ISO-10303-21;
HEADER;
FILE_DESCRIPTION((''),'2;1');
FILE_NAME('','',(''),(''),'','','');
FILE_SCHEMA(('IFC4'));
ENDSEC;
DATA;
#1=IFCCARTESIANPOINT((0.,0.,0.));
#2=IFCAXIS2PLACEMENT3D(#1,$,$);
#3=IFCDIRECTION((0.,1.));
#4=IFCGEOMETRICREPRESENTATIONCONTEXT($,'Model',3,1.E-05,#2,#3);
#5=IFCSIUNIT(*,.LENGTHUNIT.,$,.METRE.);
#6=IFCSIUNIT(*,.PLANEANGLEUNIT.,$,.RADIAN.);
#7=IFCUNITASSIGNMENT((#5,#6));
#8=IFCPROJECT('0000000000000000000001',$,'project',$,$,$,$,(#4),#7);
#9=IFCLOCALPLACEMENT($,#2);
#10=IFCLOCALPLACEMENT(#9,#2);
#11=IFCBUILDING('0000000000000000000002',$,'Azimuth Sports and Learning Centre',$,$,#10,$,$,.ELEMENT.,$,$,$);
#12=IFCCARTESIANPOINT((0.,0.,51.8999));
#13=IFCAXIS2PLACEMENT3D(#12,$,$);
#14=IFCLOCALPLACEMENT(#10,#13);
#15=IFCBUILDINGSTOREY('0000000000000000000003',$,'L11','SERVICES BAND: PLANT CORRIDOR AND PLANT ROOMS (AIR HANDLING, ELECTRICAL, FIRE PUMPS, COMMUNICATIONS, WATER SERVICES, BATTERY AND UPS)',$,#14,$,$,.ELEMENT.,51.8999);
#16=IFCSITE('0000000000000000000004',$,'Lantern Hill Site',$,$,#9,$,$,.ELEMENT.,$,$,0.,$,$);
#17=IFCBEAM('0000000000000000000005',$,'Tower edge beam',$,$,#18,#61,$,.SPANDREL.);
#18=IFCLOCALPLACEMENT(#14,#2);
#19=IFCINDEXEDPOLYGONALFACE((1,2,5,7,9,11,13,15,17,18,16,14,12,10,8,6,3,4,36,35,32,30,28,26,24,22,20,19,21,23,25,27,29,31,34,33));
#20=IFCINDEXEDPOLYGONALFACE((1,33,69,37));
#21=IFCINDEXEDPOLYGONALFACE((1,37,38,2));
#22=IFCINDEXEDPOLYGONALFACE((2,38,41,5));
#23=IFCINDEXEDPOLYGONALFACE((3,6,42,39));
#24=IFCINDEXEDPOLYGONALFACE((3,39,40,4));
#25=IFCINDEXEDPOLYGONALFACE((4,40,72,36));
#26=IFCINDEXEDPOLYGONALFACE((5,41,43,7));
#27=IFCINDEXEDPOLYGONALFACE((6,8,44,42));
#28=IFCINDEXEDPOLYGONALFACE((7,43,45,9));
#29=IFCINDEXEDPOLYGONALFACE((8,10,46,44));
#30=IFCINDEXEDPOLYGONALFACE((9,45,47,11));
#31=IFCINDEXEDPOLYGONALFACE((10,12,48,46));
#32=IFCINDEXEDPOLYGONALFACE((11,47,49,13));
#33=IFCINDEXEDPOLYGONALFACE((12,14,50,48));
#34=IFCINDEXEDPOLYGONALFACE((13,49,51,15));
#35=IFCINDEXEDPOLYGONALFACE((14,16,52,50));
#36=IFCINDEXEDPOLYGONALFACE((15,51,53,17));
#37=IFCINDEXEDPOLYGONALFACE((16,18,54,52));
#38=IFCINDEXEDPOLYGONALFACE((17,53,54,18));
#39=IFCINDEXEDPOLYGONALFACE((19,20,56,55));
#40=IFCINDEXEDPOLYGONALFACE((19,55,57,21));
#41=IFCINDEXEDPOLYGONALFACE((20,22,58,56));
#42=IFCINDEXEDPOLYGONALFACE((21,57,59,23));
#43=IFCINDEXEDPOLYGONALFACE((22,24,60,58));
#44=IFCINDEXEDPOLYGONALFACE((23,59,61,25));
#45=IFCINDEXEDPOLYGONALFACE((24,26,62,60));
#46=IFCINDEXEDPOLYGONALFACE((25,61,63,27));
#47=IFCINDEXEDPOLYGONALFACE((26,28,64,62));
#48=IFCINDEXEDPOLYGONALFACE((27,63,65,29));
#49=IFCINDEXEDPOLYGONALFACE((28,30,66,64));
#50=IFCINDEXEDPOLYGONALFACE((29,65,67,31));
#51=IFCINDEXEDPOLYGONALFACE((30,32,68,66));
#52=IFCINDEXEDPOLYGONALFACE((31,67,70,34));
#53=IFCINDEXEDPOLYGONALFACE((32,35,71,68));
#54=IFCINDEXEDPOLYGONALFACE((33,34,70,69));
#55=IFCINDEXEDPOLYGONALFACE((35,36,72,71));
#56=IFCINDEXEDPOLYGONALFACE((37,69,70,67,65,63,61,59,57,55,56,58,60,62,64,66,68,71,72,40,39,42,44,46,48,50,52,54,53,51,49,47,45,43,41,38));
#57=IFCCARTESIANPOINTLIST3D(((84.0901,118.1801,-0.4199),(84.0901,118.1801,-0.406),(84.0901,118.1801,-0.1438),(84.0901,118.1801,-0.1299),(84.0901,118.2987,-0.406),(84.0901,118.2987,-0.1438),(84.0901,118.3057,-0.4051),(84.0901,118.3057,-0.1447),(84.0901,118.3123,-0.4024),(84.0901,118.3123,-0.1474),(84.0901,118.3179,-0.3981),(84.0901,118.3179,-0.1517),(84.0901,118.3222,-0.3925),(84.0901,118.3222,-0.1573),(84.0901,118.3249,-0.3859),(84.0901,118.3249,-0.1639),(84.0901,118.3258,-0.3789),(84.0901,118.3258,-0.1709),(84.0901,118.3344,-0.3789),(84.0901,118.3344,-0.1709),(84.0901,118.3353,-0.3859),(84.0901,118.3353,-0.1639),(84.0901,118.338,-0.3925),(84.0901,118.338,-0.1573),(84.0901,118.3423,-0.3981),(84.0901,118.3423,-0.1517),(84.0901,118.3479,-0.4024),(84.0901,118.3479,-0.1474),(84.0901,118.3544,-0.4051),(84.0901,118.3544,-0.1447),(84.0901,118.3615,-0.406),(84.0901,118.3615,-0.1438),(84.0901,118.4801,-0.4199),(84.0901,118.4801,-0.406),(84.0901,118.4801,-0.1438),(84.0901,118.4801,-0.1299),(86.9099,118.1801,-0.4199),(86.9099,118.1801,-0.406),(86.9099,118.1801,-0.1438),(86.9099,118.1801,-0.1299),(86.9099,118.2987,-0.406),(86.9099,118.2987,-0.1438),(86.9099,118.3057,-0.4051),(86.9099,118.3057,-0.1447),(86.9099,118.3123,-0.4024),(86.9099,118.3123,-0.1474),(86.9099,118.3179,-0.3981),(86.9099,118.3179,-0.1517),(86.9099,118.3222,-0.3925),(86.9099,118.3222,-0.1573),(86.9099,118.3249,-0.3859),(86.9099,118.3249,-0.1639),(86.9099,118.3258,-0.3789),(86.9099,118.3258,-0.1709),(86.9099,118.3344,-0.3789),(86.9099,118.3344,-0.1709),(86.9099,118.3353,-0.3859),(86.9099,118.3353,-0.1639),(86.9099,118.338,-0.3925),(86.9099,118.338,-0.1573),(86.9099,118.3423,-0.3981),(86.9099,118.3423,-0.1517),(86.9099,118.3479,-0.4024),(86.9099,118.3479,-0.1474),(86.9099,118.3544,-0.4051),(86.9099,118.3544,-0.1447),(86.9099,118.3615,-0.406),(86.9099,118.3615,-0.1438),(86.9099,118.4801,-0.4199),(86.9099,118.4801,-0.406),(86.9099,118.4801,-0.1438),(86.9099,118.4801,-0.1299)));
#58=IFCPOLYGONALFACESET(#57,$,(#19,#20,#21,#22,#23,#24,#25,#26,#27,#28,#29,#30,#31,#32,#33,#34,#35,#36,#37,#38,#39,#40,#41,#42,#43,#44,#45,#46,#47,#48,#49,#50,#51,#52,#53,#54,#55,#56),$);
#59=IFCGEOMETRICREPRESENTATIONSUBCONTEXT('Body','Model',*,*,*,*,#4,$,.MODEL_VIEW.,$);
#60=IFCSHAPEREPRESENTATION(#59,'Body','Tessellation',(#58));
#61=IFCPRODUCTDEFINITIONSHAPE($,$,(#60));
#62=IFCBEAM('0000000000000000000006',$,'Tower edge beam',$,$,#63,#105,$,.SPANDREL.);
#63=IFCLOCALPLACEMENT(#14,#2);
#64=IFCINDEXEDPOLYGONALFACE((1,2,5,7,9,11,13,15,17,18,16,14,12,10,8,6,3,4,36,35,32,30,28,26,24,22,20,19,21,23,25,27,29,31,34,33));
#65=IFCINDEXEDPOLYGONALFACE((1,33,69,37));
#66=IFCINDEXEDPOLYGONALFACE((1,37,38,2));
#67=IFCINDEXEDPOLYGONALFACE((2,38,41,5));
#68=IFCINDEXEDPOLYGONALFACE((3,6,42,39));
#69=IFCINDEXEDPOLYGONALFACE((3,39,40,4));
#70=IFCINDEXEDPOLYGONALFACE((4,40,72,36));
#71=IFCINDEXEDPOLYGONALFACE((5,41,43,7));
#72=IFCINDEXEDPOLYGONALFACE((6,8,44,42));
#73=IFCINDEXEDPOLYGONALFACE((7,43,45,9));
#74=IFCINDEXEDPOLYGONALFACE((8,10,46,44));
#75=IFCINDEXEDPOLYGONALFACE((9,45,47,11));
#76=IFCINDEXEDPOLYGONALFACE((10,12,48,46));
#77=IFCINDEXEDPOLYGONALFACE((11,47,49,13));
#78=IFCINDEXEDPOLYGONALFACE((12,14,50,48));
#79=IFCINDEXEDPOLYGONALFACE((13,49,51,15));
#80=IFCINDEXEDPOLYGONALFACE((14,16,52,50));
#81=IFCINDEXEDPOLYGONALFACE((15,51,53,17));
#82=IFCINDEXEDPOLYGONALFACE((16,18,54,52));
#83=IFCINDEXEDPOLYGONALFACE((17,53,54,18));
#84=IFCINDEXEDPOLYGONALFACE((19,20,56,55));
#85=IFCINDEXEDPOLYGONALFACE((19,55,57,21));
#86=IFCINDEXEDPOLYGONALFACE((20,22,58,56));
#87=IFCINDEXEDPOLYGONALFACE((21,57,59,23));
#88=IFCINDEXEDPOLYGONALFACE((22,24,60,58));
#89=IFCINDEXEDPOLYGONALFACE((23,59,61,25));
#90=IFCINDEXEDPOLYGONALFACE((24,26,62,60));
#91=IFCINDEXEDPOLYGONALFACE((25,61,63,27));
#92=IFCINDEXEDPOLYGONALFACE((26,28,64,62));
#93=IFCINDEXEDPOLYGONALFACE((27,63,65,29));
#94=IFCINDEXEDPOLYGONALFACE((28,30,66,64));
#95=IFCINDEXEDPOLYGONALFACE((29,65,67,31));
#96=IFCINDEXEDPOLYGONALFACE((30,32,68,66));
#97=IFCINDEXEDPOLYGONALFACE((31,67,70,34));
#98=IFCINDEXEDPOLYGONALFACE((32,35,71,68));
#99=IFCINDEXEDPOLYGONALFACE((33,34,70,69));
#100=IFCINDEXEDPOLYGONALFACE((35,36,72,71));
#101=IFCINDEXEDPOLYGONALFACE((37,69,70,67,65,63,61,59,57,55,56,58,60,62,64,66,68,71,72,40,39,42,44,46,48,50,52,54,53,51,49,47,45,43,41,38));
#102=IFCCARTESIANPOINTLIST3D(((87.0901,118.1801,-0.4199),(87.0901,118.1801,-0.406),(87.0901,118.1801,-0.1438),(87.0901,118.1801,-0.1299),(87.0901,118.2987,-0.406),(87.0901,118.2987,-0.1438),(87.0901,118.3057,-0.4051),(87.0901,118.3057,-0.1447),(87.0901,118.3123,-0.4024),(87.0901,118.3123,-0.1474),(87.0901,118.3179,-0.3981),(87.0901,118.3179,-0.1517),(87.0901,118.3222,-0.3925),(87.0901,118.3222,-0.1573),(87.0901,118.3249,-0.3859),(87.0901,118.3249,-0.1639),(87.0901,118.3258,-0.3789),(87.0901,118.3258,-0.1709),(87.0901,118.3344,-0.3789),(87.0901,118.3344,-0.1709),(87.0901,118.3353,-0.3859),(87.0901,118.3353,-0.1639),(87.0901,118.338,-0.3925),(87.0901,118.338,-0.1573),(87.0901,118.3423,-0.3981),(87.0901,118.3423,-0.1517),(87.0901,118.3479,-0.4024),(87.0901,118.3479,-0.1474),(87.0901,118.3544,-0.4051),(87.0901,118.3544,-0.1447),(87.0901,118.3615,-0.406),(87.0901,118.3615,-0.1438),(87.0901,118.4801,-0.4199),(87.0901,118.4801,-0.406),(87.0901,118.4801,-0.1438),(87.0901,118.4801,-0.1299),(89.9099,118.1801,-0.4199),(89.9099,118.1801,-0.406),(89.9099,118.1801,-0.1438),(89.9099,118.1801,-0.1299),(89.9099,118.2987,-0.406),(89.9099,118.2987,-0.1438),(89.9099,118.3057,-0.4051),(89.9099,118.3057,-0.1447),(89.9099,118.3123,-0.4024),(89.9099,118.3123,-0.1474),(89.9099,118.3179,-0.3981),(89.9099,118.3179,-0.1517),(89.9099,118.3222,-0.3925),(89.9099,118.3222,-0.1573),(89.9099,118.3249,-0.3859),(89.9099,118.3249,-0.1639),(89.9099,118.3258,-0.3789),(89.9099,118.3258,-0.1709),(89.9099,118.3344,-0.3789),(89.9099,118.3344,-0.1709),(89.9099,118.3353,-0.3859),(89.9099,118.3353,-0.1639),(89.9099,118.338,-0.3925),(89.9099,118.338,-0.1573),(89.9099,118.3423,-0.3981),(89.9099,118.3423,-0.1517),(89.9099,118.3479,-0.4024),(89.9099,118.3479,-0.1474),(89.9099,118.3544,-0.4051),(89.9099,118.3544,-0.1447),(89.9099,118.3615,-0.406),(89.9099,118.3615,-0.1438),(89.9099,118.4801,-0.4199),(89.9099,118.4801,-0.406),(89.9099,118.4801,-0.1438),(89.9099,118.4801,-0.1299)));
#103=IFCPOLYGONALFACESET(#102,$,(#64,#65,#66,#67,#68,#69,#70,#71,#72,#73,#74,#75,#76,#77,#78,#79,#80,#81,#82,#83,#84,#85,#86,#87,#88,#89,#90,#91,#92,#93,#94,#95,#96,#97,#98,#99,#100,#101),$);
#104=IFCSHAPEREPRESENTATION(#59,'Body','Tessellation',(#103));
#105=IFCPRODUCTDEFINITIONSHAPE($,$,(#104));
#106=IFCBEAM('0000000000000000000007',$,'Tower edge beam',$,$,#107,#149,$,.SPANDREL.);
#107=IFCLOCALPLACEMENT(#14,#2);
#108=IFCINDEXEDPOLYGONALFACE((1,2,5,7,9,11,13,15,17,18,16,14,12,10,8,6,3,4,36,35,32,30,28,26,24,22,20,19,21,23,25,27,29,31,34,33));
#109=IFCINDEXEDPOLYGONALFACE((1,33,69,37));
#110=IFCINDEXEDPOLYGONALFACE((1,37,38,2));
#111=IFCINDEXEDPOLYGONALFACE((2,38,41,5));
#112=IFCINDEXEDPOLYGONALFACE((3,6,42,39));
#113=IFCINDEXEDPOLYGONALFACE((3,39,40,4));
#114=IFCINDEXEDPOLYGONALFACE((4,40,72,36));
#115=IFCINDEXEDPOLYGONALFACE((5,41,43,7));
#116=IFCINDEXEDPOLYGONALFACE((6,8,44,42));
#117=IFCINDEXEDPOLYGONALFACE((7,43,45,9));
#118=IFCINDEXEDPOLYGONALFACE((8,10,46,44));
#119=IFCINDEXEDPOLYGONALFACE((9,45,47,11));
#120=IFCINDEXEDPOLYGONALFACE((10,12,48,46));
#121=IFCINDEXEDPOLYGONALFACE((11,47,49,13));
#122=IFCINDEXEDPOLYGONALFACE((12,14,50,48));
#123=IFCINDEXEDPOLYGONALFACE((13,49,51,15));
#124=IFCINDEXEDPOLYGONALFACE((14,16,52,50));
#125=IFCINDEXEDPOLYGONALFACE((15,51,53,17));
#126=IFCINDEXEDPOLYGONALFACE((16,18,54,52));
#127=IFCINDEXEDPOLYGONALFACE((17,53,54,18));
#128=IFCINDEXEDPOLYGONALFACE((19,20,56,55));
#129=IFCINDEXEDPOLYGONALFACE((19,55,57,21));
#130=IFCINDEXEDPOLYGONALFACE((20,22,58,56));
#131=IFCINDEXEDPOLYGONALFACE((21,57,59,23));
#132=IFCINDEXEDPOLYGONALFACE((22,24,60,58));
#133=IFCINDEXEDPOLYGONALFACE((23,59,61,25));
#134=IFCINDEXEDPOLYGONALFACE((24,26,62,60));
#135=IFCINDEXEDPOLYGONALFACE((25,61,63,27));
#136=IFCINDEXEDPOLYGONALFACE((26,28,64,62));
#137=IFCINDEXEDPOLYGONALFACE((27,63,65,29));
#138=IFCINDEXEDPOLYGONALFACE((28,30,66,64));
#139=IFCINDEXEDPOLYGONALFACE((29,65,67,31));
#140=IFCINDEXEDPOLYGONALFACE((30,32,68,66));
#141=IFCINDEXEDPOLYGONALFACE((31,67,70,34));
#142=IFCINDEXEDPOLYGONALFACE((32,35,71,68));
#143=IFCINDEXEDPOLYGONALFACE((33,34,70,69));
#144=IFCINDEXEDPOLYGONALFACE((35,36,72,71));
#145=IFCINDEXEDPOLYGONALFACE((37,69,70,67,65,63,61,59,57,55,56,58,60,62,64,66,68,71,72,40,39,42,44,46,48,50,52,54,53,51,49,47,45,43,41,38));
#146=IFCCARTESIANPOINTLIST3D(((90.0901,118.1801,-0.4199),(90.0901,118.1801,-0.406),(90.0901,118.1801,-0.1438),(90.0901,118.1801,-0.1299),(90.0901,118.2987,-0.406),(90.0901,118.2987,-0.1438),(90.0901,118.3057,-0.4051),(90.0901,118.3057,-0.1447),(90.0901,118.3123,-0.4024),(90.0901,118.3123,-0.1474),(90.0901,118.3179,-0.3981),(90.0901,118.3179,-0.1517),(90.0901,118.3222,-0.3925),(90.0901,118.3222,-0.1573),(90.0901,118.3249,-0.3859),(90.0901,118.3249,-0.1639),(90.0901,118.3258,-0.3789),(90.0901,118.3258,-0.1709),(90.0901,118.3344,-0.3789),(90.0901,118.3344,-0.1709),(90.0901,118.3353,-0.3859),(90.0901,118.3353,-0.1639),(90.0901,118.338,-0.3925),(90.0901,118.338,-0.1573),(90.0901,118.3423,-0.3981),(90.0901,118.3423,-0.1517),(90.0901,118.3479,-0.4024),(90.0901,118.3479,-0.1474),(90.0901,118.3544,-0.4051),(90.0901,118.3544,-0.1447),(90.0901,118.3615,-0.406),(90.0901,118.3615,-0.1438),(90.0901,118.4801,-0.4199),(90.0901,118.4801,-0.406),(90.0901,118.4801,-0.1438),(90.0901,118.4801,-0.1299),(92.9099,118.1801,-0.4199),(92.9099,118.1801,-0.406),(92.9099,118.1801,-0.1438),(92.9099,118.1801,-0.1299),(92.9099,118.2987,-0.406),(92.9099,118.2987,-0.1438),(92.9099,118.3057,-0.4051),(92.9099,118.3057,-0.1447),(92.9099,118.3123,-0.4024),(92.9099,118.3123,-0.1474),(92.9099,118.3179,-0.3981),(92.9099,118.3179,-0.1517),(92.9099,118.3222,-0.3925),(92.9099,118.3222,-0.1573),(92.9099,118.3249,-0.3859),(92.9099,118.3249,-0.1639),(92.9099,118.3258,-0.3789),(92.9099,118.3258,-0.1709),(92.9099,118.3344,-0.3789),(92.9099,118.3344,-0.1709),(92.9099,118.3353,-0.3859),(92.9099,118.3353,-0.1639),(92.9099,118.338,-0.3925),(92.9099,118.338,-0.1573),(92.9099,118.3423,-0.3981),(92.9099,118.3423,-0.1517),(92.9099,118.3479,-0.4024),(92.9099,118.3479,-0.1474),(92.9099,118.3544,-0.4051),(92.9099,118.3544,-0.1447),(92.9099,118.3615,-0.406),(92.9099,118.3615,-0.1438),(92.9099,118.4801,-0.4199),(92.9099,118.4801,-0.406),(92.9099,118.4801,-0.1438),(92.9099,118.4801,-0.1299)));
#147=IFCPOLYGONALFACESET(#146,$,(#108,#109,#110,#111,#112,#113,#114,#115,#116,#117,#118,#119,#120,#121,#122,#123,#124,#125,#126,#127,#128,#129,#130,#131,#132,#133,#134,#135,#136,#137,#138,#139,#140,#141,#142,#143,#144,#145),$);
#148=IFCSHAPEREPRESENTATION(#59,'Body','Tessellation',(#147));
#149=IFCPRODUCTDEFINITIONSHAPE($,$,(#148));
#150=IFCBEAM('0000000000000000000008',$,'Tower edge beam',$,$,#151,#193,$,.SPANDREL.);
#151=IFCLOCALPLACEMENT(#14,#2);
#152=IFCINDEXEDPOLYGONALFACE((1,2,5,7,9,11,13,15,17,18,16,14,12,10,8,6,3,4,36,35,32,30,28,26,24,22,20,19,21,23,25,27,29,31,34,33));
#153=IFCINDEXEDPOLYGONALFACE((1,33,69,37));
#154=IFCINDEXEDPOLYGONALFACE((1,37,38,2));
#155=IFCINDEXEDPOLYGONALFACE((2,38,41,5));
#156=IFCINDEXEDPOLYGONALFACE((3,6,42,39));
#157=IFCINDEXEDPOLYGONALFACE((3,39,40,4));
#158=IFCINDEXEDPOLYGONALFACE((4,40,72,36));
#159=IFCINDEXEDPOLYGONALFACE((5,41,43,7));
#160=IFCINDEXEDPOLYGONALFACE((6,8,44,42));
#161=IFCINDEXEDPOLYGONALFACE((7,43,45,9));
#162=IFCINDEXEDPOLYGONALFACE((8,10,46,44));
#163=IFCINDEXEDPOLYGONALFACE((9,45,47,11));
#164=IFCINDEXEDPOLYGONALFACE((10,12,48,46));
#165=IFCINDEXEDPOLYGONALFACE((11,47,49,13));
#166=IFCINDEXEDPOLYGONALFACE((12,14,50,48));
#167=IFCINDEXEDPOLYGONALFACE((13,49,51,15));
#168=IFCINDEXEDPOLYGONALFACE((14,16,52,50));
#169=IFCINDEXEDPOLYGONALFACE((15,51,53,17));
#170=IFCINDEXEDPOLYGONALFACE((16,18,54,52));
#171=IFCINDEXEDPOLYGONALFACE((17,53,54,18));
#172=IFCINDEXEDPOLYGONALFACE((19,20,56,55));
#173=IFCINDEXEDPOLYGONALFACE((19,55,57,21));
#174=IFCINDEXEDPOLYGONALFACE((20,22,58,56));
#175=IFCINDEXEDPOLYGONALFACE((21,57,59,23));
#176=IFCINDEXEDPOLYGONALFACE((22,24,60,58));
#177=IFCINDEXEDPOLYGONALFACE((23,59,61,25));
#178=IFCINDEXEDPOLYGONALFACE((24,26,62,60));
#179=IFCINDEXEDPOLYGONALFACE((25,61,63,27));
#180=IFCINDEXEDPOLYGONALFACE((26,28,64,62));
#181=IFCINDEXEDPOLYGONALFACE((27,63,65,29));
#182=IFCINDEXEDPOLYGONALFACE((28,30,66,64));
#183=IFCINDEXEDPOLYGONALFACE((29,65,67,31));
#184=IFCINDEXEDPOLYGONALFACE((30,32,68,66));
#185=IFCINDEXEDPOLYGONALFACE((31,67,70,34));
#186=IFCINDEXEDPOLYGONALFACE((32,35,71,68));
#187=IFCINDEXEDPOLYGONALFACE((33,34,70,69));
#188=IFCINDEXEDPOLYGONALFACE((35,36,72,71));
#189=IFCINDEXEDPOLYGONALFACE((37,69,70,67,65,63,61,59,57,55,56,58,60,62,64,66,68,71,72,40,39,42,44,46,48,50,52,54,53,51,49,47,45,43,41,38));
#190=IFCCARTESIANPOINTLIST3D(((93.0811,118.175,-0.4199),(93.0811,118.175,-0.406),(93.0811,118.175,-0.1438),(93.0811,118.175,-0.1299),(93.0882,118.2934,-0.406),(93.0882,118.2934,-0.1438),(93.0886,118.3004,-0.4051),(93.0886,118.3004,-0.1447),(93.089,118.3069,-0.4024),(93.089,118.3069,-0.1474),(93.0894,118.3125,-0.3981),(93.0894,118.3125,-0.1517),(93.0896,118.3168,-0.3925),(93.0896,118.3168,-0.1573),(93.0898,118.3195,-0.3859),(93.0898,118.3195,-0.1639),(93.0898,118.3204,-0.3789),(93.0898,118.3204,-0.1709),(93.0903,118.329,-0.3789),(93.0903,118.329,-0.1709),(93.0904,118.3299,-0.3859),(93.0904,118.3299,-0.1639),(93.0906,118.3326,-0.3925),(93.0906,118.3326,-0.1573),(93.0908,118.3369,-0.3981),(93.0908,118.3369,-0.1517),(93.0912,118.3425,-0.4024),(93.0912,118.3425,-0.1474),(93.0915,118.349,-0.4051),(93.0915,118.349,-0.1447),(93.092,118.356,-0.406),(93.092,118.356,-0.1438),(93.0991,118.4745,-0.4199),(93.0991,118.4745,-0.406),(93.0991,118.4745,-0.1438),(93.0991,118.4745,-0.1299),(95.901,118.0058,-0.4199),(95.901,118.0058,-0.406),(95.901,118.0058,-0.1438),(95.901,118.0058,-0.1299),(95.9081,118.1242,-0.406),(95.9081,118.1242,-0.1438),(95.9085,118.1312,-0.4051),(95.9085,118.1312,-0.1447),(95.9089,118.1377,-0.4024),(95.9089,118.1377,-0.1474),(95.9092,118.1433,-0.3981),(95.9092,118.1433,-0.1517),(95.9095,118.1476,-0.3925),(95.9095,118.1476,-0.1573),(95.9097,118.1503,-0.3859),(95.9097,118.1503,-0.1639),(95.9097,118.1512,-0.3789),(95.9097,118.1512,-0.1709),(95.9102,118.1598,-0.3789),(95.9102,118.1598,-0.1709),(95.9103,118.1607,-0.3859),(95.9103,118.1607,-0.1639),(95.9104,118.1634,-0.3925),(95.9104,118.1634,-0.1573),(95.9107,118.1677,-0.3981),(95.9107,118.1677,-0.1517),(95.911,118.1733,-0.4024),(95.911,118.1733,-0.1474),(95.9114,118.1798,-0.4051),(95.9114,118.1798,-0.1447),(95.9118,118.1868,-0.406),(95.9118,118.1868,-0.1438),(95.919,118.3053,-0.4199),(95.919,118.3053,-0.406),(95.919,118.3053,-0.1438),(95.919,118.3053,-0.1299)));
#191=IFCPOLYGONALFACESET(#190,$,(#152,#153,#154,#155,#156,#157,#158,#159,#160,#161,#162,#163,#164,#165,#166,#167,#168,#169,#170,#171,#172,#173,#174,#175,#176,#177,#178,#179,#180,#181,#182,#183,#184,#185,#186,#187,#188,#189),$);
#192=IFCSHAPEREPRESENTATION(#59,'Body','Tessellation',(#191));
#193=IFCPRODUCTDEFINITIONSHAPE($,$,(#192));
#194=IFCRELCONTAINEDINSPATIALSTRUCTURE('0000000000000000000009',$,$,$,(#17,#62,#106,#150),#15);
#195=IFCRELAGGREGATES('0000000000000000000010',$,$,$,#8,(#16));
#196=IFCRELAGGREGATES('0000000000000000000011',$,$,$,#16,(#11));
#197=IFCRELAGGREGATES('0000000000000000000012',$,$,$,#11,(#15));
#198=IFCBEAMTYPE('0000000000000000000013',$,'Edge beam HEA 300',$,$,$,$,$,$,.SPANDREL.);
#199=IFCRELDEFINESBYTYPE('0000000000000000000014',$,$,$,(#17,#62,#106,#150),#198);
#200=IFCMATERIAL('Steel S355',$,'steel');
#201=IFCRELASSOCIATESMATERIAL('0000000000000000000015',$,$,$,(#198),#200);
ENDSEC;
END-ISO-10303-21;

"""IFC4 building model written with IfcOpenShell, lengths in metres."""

from ifc_helpers import new_model, si_unit, direction, frame, origin, origin_2d, place, context, subcontext, project, spatial, i_section, extrude, material, material_profile, profile_set, type_object, element, save


model = new_model("IFC4")

# Units and contexts
model_context = context("Model", 3, precision=1e-05, world=origin(), true_north=direction((0.0, 1.0)))
body_context = subcontext(model_context, "Body", "Model", "MODEL_VIEW")
ifc_project = project(units=[si_unit("LENGTHUNIT", "METRE"), si_unit("PLANEANGLEUNIT", "RADIAN")], contexts=[model_context])

# Site, building, storey
site_placement = place(None, origin())
site = spatial("IfcSite", under=ifc_project, at=site_placement, Name="Lantern Hill Site", CompositionType="ELEMENT", RefElevation=0.0)
building_placement = place(site_placement, origin())
building = spatial("IfcBuilding", under=site, at=building_placement, Name="Azimuth Sports and Learning Centre", CompositionType="ELEMENT")
storey_placement = place(building_placement, frame((0.0, 0.0, 51.8999)))
storey = spatial("IfcBuildingStorey", under=building, at=storey_placement, Name="L11", Description="SERVICES BAND: PLANT CORRIDOR AND PLANT ROOMS (AIR HANDLING, ELECTRICAL, FIRE PUMPS, COMMUNICATIONS, WATER SERVICES, BATTERY AND UPS)", CompositionType="ELEMENT", Elevation=51.8999)

# Beams
ifc_material_1 = material(Name="Steel S355", Category="steel")
ifc_material_profile_1 = material_profile(ifc_material_1, i_section(OverallWidth=0.3, OverallDepth=0.29, WebThickness=0.0085, FlangeThickness=0.0139, FilletRadius=0.0271, at=origin_2d()), Name="HEA 300")
ifc_profile_set_1 = profile_set([ifc_material_profile_1], Name="Steel S355")
beam_type_1 = type_object("IfcBeamType", Name="Edge beam HEA 300", PredefinedType="SPANDREL", material=ifc_profile_set_1)
for number, where, z_axis, x_axis, name in (
    (1, (84.0901, 118.3301, -0.2749), (1.0, 0.0, 0.0), (0.0, 1.0, 0.0), "Tower edge beam"),
    (2, (87.0901, 118.3301, -0.2749), (1.0, 0.0, 0.0), (0.0, 1.0, 0.0), "Tower edge beam"),
    (3, (90.0901, 118.3301, -0.2749), (1.0, 0.0, 0.0), (0.0, 1.0, 0.0), "Tower edge beam"),
):
    element("IfcBeam", number, at=place(storey_placement, frame(where, z_axis=z_axis, x_axis=x_axis)), inside=storey, type_object=beam_type_1, Name=name, PredefinedType="SPANDREL", context=body_context, shape_type="SweptSolid", body=[
        extrude(i_section(OverallWidth=0.3, OverallDepth=0.29, WebThickness=0.0085, FlangeThickness=0.0139, FilletRadius=0.0271, at=origin_2d()), origin(), (0.0, 0.0, 1.0), 2.8198),
    ])
for number, where, z_axis, x_axis, name in (
    (4, (93.0901, 118.3247, -0.2749), (0.998205, -0.059892, 0.0), (0.059892, 0.998205, 0.0), "Tower edge beam"),
):
    element("IfcBeam", number, at=place(storey_placement, frame(where, z_axis=z_axis, x_axis=x_axis)), inside=storey, type_object=beam_type_1, Name=name, PredefinedType="SPANDREL", context=body_context, shape_type="SweptSolid", body=[
        extrude(i_section(OverallWidth=0.3, OverallDepth=0.29, WebThickness=0.0085, FlangeThickness=0.0139, FilletRadius=0.0271, at=origin_2d()), origin(), (0.0, 0.0, 1.0), 2.825),
    ])

save(model, "model.ifc")
